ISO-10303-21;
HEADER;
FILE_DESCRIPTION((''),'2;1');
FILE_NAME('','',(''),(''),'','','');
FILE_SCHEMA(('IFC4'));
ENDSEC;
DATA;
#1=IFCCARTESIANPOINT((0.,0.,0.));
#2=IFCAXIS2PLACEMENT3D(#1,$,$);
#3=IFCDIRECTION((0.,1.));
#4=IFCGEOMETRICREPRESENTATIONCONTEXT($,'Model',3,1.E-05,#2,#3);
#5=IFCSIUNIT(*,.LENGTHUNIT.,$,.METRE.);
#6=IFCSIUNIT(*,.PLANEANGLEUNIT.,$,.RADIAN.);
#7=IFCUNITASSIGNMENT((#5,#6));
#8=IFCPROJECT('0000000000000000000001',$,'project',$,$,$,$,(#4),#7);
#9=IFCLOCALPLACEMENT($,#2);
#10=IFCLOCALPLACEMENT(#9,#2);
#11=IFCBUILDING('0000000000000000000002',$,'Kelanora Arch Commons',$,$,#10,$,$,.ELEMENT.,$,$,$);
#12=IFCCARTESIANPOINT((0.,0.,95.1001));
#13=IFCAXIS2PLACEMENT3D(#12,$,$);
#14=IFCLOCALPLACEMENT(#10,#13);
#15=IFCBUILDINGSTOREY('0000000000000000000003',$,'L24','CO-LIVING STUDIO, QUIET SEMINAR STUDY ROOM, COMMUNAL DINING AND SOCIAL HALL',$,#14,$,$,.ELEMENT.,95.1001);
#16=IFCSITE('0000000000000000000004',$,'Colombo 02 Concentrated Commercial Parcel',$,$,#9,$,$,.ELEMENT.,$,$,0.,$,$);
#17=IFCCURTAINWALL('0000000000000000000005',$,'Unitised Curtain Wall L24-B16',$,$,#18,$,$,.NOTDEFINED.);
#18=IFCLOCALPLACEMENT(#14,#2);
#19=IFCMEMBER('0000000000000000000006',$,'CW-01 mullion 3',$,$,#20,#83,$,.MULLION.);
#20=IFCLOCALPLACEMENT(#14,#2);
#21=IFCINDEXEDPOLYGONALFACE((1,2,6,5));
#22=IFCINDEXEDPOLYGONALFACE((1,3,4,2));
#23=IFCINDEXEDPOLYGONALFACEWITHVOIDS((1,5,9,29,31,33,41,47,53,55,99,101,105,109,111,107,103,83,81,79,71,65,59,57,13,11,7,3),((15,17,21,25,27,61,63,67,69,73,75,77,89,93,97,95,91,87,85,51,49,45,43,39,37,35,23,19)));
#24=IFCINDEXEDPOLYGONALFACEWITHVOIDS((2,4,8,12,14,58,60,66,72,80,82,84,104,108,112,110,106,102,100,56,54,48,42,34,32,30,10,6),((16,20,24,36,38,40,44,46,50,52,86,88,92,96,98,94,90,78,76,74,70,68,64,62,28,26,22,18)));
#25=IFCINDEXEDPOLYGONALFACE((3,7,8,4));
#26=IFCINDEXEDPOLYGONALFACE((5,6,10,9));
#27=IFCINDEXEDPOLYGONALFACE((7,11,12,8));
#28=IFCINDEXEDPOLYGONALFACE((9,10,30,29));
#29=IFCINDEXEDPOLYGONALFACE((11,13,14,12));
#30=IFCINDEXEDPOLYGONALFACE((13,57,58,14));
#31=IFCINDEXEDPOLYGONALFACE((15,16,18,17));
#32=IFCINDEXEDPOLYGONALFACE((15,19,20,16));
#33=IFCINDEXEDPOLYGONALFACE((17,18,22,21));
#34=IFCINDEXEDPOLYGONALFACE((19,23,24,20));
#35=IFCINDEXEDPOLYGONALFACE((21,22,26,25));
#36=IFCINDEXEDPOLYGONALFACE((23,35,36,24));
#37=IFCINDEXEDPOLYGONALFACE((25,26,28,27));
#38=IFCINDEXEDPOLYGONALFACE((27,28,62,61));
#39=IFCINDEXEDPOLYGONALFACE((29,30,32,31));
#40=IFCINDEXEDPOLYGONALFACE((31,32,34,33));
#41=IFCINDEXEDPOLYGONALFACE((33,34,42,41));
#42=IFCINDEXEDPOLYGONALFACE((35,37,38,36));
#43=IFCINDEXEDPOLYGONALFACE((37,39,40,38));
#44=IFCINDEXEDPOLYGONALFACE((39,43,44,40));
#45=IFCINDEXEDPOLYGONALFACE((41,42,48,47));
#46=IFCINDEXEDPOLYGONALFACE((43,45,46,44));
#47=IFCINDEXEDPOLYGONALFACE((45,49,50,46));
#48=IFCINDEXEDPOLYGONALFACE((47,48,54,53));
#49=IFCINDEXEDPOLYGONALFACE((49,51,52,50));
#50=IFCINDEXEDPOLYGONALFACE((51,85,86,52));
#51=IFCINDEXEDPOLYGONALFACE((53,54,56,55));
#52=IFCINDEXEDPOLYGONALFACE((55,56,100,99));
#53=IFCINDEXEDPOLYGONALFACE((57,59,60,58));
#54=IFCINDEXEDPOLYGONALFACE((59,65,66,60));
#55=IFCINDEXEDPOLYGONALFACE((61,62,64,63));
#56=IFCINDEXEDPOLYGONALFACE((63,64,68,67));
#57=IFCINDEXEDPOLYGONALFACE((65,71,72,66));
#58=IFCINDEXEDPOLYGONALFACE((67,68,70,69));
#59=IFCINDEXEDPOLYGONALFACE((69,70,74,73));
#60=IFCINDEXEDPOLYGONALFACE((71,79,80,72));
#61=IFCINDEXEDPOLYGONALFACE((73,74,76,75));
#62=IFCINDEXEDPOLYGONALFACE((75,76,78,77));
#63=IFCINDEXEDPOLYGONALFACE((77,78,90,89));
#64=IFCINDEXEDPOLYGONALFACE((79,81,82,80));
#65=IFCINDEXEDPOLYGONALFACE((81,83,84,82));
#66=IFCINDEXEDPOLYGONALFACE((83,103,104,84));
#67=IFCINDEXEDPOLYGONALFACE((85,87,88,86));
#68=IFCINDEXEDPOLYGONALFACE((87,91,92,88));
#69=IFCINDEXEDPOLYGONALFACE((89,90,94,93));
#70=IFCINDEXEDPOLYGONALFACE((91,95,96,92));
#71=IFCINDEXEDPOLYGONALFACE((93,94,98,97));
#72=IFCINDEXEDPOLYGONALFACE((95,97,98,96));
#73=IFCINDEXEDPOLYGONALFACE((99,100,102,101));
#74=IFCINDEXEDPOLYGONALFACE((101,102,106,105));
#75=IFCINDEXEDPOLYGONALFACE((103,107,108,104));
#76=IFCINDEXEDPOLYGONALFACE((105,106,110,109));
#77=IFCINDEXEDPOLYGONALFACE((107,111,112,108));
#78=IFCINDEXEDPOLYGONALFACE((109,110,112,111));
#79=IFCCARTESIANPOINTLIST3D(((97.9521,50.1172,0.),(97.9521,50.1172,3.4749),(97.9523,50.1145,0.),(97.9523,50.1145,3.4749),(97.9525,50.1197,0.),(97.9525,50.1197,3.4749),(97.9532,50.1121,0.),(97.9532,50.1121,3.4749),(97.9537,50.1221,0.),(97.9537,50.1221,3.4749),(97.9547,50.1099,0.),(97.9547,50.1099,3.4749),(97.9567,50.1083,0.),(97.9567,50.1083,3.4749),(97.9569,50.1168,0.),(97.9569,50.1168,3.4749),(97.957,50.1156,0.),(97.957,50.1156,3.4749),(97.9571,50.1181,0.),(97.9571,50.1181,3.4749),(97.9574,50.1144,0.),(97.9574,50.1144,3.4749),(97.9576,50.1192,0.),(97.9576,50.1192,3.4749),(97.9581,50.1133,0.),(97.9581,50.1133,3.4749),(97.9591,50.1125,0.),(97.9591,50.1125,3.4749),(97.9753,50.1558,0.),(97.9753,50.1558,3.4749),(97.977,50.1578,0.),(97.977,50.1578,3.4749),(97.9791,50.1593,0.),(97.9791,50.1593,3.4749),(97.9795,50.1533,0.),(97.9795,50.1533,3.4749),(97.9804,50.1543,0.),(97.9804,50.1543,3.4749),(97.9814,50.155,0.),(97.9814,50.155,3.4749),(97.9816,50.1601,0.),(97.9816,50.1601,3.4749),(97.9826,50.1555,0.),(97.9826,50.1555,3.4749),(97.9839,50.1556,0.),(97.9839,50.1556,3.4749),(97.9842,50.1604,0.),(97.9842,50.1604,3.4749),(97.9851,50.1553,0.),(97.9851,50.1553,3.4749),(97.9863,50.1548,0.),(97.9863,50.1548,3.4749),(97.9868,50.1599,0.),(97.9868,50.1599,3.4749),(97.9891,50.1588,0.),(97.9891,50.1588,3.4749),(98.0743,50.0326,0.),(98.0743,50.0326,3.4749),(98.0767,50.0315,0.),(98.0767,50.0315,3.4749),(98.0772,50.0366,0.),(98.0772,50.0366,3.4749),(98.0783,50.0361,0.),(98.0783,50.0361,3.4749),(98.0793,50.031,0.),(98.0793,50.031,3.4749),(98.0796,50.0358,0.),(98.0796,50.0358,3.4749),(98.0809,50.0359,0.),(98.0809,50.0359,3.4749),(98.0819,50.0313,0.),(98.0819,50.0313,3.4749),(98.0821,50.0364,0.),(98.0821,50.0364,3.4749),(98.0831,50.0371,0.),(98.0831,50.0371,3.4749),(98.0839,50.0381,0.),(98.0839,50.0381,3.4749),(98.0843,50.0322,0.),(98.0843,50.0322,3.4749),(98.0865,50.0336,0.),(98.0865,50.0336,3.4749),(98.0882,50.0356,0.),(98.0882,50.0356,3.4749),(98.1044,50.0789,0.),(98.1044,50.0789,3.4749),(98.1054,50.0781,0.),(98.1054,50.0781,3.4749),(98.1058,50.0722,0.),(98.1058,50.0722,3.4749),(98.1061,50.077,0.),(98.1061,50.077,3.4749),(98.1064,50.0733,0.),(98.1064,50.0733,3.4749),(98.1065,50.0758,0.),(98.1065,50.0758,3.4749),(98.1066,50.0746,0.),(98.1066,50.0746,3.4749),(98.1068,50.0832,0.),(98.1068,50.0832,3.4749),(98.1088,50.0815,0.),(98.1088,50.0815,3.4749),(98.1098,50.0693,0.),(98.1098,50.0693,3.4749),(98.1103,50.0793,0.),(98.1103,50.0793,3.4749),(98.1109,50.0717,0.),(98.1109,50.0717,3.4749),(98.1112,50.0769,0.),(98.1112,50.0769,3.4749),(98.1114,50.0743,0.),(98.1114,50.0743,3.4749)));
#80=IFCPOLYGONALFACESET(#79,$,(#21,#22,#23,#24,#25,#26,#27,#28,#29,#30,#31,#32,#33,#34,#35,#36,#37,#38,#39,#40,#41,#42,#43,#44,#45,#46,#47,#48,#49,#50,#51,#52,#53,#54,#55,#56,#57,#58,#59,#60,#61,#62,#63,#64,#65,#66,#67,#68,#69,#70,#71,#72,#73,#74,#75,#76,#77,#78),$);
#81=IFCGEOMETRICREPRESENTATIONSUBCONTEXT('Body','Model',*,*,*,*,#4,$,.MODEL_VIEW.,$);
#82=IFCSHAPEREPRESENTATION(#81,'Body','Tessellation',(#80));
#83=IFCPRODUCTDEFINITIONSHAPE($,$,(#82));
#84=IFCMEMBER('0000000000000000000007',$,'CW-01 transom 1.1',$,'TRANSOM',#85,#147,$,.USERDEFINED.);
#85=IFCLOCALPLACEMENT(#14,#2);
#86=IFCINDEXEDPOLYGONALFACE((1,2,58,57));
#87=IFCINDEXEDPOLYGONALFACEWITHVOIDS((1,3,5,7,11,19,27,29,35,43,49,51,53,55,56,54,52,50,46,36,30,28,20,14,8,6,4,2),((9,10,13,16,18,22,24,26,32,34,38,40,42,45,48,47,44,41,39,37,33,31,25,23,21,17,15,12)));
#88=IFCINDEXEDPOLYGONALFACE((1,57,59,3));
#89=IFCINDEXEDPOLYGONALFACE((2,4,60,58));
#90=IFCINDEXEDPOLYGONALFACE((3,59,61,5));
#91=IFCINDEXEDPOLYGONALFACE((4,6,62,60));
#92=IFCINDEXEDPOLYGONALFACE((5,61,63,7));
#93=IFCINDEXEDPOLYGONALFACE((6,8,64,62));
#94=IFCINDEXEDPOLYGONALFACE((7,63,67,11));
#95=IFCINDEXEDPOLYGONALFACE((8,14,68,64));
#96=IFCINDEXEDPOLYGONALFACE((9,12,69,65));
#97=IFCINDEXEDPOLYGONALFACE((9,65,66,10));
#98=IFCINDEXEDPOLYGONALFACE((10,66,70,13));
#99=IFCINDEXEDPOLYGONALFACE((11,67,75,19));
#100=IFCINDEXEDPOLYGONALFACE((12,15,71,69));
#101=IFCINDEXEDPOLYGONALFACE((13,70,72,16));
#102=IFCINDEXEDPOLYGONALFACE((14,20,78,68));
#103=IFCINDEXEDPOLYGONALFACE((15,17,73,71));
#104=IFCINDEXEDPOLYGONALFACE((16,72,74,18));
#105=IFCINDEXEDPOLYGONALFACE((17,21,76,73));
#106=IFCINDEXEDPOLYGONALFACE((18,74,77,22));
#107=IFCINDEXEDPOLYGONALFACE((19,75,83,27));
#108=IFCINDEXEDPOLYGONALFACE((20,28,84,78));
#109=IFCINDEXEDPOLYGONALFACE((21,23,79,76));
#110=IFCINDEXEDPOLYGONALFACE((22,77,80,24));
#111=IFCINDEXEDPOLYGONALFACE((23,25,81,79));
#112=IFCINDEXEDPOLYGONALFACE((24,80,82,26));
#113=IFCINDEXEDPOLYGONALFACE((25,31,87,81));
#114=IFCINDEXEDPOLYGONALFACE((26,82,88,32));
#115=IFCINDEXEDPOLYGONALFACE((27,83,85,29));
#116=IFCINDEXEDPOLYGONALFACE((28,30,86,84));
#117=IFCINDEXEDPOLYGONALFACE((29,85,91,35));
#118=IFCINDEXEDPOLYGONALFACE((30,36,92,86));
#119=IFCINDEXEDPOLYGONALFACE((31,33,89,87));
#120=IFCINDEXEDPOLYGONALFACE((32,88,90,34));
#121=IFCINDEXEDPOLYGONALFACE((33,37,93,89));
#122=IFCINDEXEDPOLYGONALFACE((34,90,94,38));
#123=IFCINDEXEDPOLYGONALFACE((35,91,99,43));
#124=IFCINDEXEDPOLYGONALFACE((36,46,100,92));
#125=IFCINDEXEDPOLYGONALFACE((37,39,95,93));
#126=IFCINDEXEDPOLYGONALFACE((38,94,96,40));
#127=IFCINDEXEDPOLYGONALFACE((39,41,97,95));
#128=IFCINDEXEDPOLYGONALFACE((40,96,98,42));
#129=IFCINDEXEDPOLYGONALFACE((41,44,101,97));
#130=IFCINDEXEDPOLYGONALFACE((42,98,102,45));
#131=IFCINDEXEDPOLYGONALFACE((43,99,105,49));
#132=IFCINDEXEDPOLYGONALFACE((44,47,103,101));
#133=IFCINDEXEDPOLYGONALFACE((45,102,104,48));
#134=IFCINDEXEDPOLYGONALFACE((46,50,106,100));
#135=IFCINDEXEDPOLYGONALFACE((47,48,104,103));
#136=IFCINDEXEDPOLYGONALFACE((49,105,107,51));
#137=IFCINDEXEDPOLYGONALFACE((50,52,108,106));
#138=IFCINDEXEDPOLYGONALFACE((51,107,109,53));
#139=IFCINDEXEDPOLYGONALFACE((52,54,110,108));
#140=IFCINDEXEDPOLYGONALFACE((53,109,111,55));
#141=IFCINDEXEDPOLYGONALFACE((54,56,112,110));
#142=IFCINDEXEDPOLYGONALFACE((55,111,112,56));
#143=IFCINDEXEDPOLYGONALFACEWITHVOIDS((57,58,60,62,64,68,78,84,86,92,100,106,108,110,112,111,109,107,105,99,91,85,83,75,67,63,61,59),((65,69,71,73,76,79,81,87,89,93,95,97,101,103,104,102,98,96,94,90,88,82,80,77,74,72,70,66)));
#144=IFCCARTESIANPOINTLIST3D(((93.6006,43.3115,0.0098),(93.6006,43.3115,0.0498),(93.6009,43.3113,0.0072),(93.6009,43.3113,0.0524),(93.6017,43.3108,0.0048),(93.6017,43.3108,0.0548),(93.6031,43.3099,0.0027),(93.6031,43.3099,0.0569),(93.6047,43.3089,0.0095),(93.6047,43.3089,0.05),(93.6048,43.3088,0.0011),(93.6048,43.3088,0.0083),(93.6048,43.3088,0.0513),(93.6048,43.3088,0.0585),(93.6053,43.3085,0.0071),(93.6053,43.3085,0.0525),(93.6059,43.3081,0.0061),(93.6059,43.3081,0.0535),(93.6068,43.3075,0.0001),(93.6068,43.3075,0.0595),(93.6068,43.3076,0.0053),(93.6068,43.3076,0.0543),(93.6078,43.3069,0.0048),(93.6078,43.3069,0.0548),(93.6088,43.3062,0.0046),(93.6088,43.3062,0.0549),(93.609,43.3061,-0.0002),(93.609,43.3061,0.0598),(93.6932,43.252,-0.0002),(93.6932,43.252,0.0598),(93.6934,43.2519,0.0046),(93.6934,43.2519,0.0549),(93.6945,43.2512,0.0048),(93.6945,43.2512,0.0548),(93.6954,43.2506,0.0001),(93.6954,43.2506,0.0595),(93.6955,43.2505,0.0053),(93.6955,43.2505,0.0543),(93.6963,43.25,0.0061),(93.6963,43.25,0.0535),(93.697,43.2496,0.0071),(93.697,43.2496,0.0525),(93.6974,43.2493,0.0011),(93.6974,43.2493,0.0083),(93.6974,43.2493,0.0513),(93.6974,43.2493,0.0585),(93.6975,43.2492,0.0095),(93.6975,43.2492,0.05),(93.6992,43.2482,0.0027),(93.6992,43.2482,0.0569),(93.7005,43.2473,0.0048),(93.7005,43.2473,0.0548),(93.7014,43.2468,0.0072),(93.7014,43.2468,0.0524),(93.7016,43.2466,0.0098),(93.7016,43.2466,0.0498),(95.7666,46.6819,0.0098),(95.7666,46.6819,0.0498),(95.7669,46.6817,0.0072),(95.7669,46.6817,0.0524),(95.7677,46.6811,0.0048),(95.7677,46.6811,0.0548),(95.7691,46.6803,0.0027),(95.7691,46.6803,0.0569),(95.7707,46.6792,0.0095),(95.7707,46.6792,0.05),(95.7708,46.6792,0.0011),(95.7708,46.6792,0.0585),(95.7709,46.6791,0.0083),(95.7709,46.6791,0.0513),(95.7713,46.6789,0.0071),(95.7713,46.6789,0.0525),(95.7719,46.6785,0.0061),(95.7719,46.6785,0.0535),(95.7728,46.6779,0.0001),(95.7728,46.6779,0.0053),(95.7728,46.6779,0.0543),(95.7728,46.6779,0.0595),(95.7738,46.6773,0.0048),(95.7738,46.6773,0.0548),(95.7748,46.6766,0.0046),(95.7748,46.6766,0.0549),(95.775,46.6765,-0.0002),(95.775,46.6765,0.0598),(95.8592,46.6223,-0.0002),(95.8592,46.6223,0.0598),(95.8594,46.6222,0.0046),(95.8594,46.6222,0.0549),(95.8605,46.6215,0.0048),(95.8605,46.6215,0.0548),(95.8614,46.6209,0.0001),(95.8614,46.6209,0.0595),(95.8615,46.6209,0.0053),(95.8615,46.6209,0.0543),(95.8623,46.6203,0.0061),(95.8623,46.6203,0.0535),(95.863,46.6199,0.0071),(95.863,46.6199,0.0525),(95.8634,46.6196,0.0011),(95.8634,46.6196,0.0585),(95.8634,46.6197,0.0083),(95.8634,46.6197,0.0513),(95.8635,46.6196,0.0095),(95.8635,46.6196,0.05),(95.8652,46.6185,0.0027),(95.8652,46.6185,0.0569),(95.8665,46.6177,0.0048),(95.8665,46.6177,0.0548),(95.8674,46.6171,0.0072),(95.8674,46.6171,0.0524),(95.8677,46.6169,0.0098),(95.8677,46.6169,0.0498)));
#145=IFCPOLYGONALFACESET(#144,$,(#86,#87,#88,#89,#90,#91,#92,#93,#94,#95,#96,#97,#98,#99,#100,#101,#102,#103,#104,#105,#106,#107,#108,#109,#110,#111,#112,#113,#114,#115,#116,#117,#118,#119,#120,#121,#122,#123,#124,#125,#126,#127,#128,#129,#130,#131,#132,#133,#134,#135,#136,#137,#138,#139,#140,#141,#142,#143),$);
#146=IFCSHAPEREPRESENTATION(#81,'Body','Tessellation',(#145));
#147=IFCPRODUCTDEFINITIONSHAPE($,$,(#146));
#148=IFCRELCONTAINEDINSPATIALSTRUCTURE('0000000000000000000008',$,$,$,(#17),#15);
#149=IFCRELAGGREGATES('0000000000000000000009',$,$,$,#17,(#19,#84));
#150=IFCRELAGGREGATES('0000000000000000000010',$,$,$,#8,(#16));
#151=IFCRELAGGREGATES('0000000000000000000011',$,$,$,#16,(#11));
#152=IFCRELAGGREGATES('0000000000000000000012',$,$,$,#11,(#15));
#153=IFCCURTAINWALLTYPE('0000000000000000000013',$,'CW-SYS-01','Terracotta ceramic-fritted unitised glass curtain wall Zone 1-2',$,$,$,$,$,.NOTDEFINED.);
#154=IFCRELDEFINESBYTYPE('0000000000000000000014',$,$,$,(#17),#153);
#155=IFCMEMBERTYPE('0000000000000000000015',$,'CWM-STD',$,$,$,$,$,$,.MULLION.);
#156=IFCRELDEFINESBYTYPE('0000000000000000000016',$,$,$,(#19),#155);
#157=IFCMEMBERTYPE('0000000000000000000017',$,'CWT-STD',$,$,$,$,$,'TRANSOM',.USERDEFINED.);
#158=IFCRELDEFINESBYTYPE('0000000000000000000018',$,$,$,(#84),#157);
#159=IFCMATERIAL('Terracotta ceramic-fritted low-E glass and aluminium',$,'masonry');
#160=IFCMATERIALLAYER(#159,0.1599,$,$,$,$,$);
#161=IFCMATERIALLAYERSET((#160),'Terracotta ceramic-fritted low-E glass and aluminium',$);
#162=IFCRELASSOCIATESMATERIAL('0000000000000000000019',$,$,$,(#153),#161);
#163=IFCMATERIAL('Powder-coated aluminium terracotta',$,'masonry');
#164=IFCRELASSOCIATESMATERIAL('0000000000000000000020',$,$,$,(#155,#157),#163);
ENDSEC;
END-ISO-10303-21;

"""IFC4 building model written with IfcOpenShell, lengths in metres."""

from ifc_helpers import new_model, si_unit, direction, frame, origin, origin_2d, place, context, subcontext, project, spatial, hollow_rectangle, extrude, material, layer, layer_set, material_profile, profile_set, type_object, element, aggregate, save


model = new_model("IFC4")

# Units and contexts
model_context = context("Model", 3, precision=1e-05, world=origin(), true_north=direction((0.0, 1.0)))
body_context = subcontext(model_context, "Body", "Model", "MODEL_VIEW")
ifc_project = project(units=[si_unit("LENGTHUNIT", "METRE"), si_unit("PLANEANGLEUNIT", "RADIAN")], contexts=[model_context])

# Site, building, storey
site_placement = place(None, origin())
site = spatial("IfcSite", under=ifc_project, at=site_placement, Name="Colombo 02 Concentrated Commercial Parcel", CompositionType="ELEMENT", RefElevation=0.0)
building_placement = place(site_placement, origin())
building = spatial("IfcBuilding", under=site, at=building_placement, Name="Kelanora Arch Commons", CompositionType="ELEMENT")
storey_placement = place(building_placement, frame((0.0, 0.0, 95.1001)))
storey = spatial("IfcBuildingStorey", under=building, at=storey_placement, Name="L24", Description="CO-LIVING STUDIO, QUIET SEMINAR STUDY ROOM, COMMUNAL DINING AND SOCIAL HALL", CompositionType="ELEMENT", Elevation=95.1001)

# Shared definitions
ifc_material_1 = material(Name="Terracotta ceramic-fritted low-E glass and aluminium", Category="masonry")
ifc_layer_1 = layer(ifc_material_1, 0.1599)
ifc_layer_set_1 = layer_set([ifc_layer_1], Name="Terracotta ceramic-fritted low-E glass and aluminium")
curtain_wall_type = type_object("IfcCurtainWallType", Name="CW-SYS-01", Description="Terracotta ceramic-fritted unitised glass curtain wall Zone 1-2", PredefinedType="NOTDEFINED", material=ifc_layer_set_1)
ifc_material_2 = material(Name="Powder-coated aluminium terracotta", Category="masonry")
ifc_material_profile_1 = material_profile(ifc_material_2, hollow_rectangle(XDim=0.1599, YDim=0.0601, WallThickness=0.0049, InnerFilletRadius=0.0049, OuterFilletRadius=0.01, at=origin_2d()), Name="CWM160x60")
ifc_profile_set_1 = profile_set([ifc_material_profile_1], Name="Powder-coated aluminium terracotta")
member_type_1 = type_object("IfcMemberType", Name="CWM-STD", PredefinedType="MULLION", material=ifc_profile_set_1)

# Curtain wall, members
curtain_wall_1_placement = place(storey_placement, origin())
curtain_wall_1 = element("IfcCurtainWall", 1, at=curtain_wall_1_placement, inside=storey, type_object=curtain_wall_type, Name="Unitised Curtain Wall L24-B16", PredefinedType="NOTDEFINED")
member_1_placement = place(storey_placement, frame((98.0317, 50.0957, 0.0), z_axis=(0.0, 0.0, 1.0), x_axis=(-0.841269, 0.540617, 0.0)))
member_1 = element("IfcMember", 2, at=member_1_placement, type_object=member_type_1, Name="CW-01 mullion 3", PredefinedType="MULLION", context=body_context, shape_type="SweptSolid", body=[
    extrude(hollow_rectangle(XDim=0.1599, YDim=0.0601, WallThickness=0.0049, InnerFilletRadius=0.0049, OuterFilletRadius=0.01, at=origin_2d()), origin(), (0.0, 0.0, 1.0), 3.4749),
])
ifc_material_profile_2 = material_profile(ifc_material_2, hollow_rectangle(XDim=0.1201, YDim=0.0601, WallThickness=0.0049, InnerFilletRadius=0.0049, OuterFilletRadius=0.01, at=origin_2d()), Name="CWT120x60")
ifc_profile_set_2 = profile_set([ifc_material_profile_2], Name="Powder-coated aluminium terracotta")
member_type_2 = type_object("IfcMemberType", Name="CWT-STD", ElementType="TRANSOM", PredefinedType="USERDEFINED", material=ifc_profile_set_2)
member_2_placement = place(storey_placement, frame((93.6511, 43.2791, 0.0298), z_axis=(0.540644, 0.841252, 0.0), x_axis=(-0.841252, 0.540644, 0.0)))
member_2 = element("IfcMember", 3, at=member_2_placement, type_object=member_type_2, Name="CW-01 transom 1.1", ObjectType="TRANSOM", PredefinedType="USERDEFINED", context=body_context, shape_type="SweptSolid", body=[
    extrude(hollow_rectangle(XDim=0.1201, YDim=0.0601, WallThickness=0.0049, InnerFilletRadius=0.0049, OuterFilletRadius=0.01, at=origin_2d()), origin(), (0.0, 0.0, 1.0), 4.0063),
])
aggregate(curtain_wall_1, [member_1, member_2])

save(model, "model.ifc")
